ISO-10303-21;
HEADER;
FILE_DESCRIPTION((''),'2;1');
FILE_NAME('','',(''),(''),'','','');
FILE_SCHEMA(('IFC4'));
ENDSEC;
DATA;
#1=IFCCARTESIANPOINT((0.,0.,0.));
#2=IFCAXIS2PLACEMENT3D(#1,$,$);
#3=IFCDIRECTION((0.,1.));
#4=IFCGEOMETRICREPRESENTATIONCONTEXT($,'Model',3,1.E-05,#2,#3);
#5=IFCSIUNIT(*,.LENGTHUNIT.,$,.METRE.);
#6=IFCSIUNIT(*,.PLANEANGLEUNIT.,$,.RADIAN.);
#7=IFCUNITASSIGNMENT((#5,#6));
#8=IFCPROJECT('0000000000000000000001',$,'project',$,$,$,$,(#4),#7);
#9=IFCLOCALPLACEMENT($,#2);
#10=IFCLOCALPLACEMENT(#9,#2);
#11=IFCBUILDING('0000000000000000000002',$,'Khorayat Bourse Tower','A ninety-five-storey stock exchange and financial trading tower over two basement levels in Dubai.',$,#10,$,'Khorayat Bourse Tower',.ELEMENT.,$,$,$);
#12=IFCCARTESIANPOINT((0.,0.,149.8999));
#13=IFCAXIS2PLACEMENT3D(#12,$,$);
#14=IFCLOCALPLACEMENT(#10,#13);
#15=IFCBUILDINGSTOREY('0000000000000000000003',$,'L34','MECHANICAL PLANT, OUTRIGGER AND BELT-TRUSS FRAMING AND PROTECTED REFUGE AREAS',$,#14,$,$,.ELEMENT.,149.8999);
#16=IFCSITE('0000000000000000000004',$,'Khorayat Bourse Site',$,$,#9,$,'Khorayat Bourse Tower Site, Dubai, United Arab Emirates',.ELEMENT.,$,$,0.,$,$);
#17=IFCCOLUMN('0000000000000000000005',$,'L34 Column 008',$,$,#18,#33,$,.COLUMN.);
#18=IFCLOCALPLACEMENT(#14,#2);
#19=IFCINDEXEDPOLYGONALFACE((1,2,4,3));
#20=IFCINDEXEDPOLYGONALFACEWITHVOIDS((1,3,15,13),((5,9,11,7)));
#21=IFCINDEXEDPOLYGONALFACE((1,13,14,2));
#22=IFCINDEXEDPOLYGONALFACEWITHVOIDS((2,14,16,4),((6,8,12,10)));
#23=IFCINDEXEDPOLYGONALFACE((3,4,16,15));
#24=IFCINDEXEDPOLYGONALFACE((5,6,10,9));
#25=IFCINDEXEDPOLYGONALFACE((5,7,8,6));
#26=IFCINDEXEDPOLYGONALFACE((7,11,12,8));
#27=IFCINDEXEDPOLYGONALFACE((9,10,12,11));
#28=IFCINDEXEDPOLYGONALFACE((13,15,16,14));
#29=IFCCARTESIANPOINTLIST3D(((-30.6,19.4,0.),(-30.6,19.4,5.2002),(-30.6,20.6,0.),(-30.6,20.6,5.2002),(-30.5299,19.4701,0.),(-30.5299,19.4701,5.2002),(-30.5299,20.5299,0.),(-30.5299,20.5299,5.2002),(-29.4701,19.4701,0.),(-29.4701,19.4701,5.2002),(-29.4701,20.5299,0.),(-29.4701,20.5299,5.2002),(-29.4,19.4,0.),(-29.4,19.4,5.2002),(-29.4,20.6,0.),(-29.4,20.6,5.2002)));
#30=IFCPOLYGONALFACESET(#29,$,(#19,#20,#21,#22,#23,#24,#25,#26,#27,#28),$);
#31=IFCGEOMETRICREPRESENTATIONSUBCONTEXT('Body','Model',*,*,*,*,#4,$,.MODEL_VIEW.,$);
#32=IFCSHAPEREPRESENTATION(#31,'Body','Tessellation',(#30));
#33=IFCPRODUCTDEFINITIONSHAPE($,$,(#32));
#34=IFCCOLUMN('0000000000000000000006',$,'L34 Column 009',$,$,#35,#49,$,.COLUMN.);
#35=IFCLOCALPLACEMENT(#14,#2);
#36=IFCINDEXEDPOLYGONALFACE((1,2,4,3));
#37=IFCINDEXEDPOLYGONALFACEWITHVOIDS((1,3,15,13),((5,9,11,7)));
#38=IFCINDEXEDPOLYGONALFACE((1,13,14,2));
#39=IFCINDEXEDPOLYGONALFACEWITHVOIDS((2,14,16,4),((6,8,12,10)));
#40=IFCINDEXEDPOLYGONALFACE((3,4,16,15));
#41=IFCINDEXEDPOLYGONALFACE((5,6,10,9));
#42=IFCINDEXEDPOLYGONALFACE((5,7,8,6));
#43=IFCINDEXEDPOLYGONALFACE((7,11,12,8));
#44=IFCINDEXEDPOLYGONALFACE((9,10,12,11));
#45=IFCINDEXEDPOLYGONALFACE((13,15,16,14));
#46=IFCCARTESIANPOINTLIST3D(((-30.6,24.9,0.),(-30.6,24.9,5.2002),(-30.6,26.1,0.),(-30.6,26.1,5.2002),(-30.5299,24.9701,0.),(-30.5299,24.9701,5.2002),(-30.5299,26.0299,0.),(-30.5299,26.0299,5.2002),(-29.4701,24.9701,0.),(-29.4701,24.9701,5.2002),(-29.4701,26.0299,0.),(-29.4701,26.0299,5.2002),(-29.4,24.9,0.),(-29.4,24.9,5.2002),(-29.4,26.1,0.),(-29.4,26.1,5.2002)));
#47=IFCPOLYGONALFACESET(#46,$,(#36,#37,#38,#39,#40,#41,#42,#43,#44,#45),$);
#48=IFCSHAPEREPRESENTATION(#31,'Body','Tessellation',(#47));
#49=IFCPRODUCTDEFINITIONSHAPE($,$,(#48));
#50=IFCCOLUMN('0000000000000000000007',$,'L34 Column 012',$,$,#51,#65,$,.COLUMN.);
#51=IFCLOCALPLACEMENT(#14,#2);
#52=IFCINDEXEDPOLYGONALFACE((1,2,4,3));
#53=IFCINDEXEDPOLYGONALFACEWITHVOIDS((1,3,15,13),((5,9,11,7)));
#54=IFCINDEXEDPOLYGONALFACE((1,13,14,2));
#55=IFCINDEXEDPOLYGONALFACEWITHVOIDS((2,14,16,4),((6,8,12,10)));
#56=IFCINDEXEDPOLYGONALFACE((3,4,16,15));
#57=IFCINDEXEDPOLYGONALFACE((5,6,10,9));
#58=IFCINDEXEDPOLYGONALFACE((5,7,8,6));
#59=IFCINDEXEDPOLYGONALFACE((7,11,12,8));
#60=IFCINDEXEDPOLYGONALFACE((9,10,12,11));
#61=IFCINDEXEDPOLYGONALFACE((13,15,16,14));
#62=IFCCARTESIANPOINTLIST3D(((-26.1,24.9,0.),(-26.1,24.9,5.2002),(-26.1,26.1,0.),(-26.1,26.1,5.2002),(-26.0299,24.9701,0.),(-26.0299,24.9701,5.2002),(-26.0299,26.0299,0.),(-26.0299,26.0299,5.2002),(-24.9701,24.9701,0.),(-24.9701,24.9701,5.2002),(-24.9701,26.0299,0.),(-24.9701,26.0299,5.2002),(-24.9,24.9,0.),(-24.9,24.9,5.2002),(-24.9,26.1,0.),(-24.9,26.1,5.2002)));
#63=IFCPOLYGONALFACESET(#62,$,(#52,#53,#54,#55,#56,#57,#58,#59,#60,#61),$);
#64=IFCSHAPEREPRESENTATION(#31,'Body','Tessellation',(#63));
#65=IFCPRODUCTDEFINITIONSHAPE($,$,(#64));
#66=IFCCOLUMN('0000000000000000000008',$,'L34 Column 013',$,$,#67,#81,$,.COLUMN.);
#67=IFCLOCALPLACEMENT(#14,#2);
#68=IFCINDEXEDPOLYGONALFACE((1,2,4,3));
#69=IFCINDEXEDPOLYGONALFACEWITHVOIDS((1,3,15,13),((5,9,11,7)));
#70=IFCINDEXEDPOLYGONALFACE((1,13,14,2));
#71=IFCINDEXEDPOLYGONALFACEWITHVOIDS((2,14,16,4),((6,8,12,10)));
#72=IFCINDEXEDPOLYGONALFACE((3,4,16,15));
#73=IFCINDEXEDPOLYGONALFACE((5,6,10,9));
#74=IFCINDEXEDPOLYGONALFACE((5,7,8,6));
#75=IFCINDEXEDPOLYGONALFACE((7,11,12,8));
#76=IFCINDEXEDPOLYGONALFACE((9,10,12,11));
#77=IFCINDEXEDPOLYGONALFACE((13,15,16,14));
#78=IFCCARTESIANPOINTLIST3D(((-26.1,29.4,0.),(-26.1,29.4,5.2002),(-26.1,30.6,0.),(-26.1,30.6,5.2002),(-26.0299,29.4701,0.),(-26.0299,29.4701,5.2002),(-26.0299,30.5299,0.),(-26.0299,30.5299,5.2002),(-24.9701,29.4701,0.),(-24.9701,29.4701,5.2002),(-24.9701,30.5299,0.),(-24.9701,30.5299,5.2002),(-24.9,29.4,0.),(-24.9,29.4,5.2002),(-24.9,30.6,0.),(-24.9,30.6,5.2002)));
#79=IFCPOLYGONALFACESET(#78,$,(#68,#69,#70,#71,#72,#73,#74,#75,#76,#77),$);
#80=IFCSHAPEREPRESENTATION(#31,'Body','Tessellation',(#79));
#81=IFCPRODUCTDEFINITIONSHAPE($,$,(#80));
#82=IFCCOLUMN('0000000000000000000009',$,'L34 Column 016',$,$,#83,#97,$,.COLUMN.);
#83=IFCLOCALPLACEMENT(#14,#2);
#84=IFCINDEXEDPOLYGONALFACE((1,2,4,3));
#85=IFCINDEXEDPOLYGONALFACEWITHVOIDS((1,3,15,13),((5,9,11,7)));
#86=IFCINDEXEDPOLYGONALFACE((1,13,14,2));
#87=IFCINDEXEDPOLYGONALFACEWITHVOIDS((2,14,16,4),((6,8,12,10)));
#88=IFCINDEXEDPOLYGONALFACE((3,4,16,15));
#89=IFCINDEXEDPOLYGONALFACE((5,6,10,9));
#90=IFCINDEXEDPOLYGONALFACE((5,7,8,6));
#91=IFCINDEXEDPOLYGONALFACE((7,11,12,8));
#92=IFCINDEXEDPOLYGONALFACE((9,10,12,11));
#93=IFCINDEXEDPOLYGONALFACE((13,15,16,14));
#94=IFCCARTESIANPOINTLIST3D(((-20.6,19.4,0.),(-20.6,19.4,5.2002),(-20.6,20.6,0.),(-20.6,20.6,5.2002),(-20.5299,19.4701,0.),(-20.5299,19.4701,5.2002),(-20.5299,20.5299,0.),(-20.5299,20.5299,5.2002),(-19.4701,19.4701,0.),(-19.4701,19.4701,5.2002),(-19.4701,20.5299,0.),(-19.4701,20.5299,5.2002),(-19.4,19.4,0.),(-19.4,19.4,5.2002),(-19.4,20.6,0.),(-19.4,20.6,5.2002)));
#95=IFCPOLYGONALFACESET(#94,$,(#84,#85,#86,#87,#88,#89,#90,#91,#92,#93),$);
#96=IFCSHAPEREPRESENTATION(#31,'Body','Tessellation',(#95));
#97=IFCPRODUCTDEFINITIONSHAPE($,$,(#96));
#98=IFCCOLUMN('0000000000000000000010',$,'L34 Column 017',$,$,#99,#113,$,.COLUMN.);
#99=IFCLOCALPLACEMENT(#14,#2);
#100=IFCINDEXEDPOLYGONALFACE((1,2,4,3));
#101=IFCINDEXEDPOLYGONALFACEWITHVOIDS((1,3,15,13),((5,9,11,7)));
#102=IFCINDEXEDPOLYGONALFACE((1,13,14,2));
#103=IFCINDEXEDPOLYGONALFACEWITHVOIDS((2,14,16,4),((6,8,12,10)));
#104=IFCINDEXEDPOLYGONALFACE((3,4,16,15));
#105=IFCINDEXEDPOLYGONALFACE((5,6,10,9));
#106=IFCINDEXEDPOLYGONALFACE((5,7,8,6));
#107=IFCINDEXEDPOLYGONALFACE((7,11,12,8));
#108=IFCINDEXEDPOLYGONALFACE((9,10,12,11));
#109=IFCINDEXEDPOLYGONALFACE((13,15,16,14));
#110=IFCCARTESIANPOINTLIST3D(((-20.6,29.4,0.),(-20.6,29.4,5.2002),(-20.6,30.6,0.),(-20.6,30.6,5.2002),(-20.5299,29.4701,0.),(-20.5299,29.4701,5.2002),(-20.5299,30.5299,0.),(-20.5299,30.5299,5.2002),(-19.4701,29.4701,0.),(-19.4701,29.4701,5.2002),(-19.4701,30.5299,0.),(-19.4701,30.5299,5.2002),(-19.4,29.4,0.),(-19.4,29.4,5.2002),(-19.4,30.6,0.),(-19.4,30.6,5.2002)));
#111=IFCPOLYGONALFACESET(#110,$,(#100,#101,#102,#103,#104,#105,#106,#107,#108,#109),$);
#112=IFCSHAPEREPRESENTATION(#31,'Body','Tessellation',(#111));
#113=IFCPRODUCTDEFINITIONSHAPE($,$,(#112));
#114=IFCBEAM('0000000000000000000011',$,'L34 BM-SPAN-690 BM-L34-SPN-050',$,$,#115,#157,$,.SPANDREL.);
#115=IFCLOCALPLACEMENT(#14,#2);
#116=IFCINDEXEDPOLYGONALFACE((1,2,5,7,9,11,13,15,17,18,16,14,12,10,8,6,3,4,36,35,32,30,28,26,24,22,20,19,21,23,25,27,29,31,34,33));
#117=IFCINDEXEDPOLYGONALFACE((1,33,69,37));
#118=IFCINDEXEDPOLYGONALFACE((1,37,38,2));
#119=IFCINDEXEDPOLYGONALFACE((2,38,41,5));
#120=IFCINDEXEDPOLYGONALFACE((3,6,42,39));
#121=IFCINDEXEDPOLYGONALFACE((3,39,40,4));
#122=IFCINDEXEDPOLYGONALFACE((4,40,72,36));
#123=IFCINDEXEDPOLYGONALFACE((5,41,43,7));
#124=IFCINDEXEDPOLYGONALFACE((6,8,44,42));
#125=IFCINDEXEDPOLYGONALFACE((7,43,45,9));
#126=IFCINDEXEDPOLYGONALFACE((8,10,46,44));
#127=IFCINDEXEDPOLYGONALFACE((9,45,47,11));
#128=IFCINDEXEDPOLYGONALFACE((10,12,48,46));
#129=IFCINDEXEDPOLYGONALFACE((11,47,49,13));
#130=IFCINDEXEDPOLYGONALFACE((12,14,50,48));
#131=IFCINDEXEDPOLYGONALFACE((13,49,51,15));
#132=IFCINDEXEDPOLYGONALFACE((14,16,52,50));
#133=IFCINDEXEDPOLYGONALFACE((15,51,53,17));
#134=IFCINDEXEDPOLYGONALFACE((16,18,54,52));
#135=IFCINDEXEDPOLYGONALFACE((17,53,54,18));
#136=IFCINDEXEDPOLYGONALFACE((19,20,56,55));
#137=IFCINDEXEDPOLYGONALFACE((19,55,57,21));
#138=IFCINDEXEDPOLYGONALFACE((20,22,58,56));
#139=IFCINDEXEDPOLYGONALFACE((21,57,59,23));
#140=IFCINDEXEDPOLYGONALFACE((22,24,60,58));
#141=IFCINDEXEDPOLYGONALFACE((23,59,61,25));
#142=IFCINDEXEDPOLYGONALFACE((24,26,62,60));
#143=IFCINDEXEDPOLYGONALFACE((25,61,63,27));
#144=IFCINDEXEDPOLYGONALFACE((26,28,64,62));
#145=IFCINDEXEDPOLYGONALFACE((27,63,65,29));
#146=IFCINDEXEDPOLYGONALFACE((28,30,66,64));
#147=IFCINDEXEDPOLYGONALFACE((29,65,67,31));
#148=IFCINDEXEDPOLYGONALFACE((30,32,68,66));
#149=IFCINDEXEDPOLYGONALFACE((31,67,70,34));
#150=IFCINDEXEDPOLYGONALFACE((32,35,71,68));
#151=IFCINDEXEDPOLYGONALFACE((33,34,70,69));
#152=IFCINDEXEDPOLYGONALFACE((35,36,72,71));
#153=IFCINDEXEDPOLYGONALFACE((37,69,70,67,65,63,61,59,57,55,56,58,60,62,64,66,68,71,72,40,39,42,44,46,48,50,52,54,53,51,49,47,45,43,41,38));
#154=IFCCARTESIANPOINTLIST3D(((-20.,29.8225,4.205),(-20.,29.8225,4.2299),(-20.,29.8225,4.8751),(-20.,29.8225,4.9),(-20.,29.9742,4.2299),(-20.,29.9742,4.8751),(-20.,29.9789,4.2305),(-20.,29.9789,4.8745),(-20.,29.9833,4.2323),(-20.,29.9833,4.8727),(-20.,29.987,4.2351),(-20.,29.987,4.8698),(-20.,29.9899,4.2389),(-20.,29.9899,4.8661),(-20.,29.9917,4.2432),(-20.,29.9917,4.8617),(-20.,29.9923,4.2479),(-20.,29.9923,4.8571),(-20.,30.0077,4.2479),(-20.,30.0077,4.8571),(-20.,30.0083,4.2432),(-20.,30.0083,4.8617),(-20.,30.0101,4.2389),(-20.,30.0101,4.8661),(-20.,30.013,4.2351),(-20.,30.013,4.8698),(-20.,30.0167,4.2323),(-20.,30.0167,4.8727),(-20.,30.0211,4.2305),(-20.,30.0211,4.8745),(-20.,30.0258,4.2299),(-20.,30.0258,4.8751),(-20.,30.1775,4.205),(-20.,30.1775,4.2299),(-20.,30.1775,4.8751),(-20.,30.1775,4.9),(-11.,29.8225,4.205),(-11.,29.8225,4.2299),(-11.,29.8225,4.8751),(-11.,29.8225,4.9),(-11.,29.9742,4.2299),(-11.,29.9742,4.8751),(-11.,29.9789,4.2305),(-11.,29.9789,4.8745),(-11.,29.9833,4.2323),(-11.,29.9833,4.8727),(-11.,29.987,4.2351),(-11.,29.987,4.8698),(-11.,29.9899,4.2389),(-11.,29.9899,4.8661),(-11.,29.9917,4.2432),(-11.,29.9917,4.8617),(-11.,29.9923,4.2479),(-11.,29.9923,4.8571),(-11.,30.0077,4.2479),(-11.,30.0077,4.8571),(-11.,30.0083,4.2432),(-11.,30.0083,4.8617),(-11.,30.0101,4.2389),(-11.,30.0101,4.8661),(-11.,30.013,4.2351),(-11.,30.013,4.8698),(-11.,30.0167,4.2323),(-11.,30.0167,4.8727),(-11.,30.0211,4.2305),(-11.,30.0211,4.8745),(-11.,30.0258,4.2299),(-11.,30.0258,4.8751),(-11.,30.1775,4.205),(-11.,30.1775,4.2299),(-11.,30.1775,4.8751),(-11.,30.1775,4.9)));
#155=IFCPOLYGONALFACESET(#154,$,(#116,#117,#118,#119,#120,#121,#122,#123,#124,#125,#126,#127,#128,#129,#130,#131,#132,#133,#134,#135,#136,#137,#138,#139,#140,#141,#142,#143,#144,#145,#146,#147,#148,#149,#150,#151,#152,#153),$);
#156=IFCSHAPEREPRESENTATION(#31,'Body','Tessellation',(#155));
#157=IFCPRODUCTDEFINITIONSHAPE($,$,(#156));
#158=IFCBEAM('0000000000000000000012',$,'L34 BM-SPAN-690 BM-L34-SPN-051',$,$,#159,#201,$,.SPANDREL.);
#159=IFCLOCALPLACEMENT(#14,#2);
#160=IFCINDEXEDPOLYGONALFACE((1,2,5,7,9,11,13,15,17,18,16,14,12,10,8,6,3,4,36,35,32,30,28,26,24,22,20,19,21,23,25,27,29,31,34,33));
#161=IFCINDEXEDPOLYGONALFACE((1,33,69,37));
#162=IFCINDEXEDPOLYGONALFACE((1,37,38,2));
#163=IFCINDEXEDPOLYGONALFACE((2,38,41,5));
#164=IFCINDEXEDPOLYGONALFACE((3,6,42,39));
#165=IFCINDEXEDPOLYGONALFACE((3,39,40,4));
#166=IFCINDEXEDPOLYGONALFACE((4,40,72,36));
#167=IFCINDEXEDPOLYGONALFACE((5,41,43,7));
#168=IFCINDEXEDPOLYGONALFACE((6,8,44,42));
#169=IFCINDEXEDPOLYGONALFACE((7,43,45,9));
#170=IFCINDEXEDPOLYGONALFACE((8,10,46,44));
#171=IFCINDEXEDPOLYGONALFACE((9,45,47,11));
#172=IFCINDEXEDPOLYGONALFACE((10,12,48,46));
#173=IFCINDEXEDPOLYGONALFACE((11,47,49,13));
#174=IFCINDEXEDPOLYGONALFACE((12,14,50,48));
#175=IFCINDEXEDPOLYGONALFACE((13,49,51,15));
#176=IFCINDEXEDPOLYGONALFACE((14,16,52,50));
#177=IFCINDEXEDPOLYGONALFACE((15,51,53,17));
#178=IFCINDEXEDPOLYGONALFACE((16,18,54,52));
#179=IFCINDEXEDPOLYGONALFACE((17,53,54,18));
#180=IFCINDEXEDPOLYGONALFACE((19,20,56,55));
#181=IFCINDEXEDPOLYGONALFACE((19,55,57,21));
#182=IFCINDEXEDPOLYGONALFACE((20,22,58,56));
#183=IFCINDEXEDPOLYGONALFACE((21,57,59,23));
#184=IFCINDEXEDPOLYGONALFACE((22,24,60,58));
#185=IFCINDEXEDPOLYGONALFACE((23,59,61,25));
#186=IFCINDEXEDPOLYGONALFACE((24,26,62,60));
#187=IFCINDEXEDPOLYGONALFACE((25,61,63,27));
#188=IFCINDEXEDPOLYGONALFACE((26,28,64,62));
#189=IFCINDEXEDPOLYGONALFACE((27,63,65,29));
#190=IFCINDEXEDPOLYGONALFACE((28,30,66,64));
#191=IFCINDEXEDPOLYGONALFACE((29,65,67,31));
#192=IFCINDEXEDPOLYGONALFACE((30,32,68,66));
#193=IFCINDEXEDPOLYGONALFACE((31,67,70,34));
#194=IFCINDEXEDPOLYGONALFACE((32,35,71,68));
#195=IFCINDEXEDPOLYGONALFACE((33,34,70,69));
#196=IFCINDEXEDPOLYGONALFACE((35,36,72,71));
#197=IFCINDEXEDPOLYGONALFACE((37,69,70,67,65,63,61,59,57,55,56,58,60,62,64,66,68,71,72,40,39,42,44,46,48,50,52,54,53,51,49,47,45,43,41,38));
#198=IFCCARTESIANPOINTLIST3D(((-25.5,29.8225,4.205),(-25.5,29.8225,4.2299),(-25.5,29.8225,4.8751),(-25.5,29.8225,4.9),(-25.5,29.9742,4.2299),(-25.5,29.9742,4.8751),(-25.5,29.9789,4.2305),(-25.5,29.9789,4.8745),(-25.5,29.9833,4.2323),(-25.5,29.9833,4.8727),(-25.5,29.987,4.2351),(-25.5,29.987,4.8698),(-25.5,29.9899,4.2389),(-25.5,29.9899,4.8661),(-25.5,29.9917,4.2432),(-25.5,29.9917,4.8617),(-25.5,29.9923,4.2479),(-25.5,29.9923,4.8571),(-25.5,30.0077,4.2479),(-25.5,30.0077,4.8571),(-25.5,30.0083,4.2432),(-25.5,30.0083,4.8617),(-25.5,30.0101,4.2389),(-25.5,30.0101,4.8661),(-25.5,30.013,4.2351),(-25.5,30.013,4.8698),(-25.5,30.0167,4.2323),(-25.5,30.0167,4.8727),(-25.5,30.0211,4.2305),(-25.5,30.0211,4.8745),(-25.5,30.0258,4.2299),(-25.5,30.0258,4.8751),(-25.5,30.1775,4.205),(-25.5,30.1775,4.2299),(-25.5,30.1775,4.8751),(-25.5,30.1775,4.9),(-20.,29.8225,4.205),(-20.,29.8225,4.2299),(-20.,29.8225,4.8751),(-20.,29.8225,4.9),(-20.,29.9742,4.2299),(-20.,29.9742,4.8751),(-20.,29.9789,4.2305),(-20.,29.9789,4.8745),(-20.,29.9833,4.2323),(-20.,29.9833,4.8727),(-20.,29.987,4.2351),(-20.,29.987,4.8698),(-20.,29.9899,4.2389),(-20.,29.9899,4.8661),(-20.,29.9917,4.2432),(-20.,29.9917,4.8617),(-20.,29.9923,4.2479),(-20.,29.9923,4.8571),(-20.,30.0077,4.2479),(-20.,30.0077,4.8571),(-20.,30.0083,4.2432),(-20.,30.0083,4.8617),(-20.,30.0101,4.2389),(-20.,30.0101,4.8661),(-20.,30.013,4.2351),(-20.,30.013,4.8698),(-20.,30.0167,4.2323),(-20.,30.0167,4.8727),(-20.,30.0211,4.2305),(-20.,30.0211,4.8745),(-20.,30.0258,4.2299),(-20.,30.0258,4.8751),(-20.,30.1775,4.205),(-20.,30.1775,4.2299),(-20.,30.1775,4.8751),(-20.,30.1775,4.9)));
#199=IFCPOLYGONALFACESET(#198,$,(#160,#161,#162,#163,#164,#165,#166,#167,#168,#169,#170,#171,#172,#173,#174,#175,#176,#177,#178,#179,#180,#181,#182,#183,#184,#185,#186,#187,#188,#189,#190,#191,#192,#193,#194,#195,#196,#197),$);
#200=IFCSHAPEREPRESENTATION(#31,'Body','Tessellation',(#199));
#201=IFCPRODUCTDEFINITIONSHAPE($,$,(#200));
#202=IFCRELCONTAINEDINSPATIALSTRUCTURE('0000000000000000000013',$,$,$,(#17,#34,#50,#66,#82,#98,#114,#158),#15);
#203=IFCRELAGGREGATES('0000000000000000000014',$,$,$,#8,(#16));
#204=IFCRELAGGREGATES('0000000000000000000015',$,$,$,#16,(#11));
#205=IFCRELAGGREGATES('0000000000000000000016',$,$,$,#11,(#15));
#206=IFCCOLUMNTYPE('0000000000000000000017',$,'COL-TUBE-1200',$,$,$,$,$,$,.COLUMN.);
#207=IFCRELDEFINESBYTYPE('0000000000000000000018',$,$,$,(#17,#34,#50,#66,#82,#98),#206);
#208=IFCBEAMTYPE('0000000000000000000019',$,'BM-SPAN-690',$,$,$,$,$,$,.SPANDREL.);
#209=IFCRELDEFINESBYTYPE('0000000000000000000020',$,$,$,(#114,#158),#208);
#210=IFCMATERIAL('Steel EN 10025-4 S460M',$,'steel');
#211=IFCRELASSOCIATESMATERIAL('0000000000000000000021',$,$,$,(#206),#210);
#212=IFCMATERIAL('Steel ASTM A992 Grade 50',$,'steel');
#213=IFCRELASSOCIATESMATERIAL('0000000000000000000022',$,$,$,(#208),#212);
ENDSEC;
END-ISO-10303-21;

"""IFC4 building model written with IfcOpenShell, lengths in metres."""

from ifc_helpers import new_model, si_unit, direction, frame, origin, origin_2d, place, context, subcontext, project, spatial, hollow_rectangle, i_section, extrude, source, transform, mapped, material, material_profile, profile_set, type_object, element, save


model = new_model("IFC4")

# Units and contexts
model_context = context("Model", 3, precision=1e-05, world=origin(), true_north=direction((0.0, 1.0)))
body_context = subcontext(model_context, "Body", "Model", "MODEL_VIEW")
ifc_project = project(units=[si_unit("LENGTHUNIT", "METRE"), si_unit("PLANEANGLEUNIT", "RADIAN")], contexts=[model_context])

# Site, building, storey
site_placement = place(None, origin())
site = spatial("IfcSite", under=ifc_project, at=site_placement, Name="Khorayat Bourse Site", LongName="Khorayat Bourse Tower Site, Dubai, United Arab Emirates", CompositionType="ELEMENT", RefElevation=0.0)
building_placement = place(site_placement, origin())
building = spatial("IfcBuilding", under=site, at=building_placement, Name="Khorayat Bourse Tower", Description="A ninety-five-storey stock exchange and financial trading tower over two basement levels in Dubai.", LongName="Khorayat Bourse Tower", CompositionType="ELEMENT")
storey_placement = place(building_placement, frame((0.0, 0.0, 149.8999)))
storey = spatial("IfcBuildingStorey", under=building, at=storey_placement, Name="L34", Description="MECHANICAL PLANT, OUTRIGGER AND BELT-TRUSS FRAMING AND PROTECTED REFUGE AREAS", CompositionType="ELEMENT", Elevation=149.8999)

# Columns
ifc_material_1 = material(Name="Steel EN 10025-4 S460M", Category="steel")
ifc_material_profile_1 = material_profile(ifc_material_1, hollow_rectangle(XDim=1.2, YDim=1.2, WallThickness=0.0701, at=origin_2d()), Name="BOX 1200x1200x70")
ifc_profile_set_1 = profile_set([ifc_material_profile_1], Name="Steel EN 10025-4 S460M")
column_type = type_object("IfcColumnType", Name="COL-TUBE-1200", PredefinedType="COLUMN", material=ifc_profile_set_1)
shared_shape_1 = source(origin(), body_context, "Body", "SweptSolid", [
    extrude(hollow_rectangle(XDim=1.2, YDim=1.2, WallThickness=0.0701, at=origin_2d()), origin(), (0.0, 0.0, 1.0), 5.2002),
])
for number, where, z_axis, x_axis, name in (
    (1, (-30.0, 20.0, 0.0), (0.0, 0.0, 1.0), (1.0, 0.0, 0.0), "L34 Column 008"),
    (2, (-30.0, 25.5, 0.0), (0.0, 0.0, 1.0), (1.0, 0.0, 0.0), "L34 Column 009"),
    (3, (-25.5, 25.5, 0.0), (0.0, 0.0, 1.0), (1.0, 0.0, 0.0), "L34 Column 012"),
    (4, (-25.5, 30.0, 0.0), (0.0, 0.0, 1.0), (1.0, 0.0, 0.0), "L34 Column 013"),
    (5, (-20.0, 20.0, 0.0), (0.0, 0.0, 1.0), (1.0, 0.0, 0.0), "L34 Column 016"),
    (6, (-20.0, 30.0, 0.0), (0.0, 0.0, 1.0), (1.0, 0.0, 0.0), "L34 Column 017"),
):
    element("IfcColumn", number, at=place(storey_placement, frame(where, z_axis=z_axis, x_axis=x_axis)), inside=storey, type_object=column_type, Name=name, PredefinedType="COLUMN", context=body_context, shape_type="MappedRepresentation", body=[
        mapped(shared_shape_1, transform((0.0, 0.0, 0.0), scale=1.0)),
    ])

# Beams
ifc_material_2 = material(Name="Steel ASTM A992 Grade 50", Category="steel")
ifc_material_profile_2 = material_profile(ifc_material_2, i_section(OverallWidth=0.355, OverallDepth=0.6951, WebThickness=0.0154, FlangeThickness=0.0249, FilletRadius=0.0181, at=origin_2d()), Name="W690X217")
ifc_profile_set_2 = profile_set([ifc_material_profile_2], Name="Steel ASTM A992 Grade 50")
beam_type_1 = type_object("IfcBeamType", Name="BM-SPAN-690", PredefinedType="SPANDREL", material=ifc_profile_set_2)
shared_shape_2 = source(origin(), body_context, "Body", "SweptSolid", [
    extrude(i_section(OverallWidth=0.355, OverallDepth=0.6951, WebThickness=0.0154, FlangeThickness=0.0249, FilletRadius=0.0181, at=origin_2d()), origin(), (0.0, 0.0, 1.0), 9.0),
])
beam_1_placement = place(storey_placement, frame((-20.0, 30.0, 4.5525), z_axis=(1.0, 0.0, 0.0), x_axis=(0.0, 1.0, 0.0)))
element("IfcBeam", 7, at=beam_1_placement, inside=storey, type_object=beam_type_1, Name="L34 BM-SPAN-690 BM-L34-SPN-050", PredefinedType="SPANDREL", context=body_context, shape_type="MappedRepresentation", body=[
    mapped(shared_shape_2, transform((0.0, 0.0, 0.0), scale=1.0)),
])
shared_shape_3 = source(origin(), body_context, "Body", "SweptSolid", [
    extrude(i_section(OverallWidth=0.355, OverallDepth=0.6951, WebThickness=0.0154, FlangeThickness=0.0249, FilletRadius=0.0181, at=origin_2d()), origin(), (0.0, 0.0, 1.0), 5.5),
])
for number, where, z_axis, x_axis, name in (
    (8, (-25.5, 30.0, 4.5525), (1.0, 0.0, 0.0), (0.0, 1.0, 0.0), "L34 BM-SPAN-690 BM-L34-SPN-051"),
):
    element("IfcBeam", number, at=place(storey_placement, frame(where, z_axis=z_axis, x_axis=x_axis)), inside=storey, type_object=beam_type_1, Name=name, PredefinedType="SPANDREL", context=body_context, shape_type="MappedRepresentation", body=[
        mapped(shared_shape_3, transform((0.0, 0.0, 0.0), scale=1.0)),
    ])

save(model, "model.ifc")
